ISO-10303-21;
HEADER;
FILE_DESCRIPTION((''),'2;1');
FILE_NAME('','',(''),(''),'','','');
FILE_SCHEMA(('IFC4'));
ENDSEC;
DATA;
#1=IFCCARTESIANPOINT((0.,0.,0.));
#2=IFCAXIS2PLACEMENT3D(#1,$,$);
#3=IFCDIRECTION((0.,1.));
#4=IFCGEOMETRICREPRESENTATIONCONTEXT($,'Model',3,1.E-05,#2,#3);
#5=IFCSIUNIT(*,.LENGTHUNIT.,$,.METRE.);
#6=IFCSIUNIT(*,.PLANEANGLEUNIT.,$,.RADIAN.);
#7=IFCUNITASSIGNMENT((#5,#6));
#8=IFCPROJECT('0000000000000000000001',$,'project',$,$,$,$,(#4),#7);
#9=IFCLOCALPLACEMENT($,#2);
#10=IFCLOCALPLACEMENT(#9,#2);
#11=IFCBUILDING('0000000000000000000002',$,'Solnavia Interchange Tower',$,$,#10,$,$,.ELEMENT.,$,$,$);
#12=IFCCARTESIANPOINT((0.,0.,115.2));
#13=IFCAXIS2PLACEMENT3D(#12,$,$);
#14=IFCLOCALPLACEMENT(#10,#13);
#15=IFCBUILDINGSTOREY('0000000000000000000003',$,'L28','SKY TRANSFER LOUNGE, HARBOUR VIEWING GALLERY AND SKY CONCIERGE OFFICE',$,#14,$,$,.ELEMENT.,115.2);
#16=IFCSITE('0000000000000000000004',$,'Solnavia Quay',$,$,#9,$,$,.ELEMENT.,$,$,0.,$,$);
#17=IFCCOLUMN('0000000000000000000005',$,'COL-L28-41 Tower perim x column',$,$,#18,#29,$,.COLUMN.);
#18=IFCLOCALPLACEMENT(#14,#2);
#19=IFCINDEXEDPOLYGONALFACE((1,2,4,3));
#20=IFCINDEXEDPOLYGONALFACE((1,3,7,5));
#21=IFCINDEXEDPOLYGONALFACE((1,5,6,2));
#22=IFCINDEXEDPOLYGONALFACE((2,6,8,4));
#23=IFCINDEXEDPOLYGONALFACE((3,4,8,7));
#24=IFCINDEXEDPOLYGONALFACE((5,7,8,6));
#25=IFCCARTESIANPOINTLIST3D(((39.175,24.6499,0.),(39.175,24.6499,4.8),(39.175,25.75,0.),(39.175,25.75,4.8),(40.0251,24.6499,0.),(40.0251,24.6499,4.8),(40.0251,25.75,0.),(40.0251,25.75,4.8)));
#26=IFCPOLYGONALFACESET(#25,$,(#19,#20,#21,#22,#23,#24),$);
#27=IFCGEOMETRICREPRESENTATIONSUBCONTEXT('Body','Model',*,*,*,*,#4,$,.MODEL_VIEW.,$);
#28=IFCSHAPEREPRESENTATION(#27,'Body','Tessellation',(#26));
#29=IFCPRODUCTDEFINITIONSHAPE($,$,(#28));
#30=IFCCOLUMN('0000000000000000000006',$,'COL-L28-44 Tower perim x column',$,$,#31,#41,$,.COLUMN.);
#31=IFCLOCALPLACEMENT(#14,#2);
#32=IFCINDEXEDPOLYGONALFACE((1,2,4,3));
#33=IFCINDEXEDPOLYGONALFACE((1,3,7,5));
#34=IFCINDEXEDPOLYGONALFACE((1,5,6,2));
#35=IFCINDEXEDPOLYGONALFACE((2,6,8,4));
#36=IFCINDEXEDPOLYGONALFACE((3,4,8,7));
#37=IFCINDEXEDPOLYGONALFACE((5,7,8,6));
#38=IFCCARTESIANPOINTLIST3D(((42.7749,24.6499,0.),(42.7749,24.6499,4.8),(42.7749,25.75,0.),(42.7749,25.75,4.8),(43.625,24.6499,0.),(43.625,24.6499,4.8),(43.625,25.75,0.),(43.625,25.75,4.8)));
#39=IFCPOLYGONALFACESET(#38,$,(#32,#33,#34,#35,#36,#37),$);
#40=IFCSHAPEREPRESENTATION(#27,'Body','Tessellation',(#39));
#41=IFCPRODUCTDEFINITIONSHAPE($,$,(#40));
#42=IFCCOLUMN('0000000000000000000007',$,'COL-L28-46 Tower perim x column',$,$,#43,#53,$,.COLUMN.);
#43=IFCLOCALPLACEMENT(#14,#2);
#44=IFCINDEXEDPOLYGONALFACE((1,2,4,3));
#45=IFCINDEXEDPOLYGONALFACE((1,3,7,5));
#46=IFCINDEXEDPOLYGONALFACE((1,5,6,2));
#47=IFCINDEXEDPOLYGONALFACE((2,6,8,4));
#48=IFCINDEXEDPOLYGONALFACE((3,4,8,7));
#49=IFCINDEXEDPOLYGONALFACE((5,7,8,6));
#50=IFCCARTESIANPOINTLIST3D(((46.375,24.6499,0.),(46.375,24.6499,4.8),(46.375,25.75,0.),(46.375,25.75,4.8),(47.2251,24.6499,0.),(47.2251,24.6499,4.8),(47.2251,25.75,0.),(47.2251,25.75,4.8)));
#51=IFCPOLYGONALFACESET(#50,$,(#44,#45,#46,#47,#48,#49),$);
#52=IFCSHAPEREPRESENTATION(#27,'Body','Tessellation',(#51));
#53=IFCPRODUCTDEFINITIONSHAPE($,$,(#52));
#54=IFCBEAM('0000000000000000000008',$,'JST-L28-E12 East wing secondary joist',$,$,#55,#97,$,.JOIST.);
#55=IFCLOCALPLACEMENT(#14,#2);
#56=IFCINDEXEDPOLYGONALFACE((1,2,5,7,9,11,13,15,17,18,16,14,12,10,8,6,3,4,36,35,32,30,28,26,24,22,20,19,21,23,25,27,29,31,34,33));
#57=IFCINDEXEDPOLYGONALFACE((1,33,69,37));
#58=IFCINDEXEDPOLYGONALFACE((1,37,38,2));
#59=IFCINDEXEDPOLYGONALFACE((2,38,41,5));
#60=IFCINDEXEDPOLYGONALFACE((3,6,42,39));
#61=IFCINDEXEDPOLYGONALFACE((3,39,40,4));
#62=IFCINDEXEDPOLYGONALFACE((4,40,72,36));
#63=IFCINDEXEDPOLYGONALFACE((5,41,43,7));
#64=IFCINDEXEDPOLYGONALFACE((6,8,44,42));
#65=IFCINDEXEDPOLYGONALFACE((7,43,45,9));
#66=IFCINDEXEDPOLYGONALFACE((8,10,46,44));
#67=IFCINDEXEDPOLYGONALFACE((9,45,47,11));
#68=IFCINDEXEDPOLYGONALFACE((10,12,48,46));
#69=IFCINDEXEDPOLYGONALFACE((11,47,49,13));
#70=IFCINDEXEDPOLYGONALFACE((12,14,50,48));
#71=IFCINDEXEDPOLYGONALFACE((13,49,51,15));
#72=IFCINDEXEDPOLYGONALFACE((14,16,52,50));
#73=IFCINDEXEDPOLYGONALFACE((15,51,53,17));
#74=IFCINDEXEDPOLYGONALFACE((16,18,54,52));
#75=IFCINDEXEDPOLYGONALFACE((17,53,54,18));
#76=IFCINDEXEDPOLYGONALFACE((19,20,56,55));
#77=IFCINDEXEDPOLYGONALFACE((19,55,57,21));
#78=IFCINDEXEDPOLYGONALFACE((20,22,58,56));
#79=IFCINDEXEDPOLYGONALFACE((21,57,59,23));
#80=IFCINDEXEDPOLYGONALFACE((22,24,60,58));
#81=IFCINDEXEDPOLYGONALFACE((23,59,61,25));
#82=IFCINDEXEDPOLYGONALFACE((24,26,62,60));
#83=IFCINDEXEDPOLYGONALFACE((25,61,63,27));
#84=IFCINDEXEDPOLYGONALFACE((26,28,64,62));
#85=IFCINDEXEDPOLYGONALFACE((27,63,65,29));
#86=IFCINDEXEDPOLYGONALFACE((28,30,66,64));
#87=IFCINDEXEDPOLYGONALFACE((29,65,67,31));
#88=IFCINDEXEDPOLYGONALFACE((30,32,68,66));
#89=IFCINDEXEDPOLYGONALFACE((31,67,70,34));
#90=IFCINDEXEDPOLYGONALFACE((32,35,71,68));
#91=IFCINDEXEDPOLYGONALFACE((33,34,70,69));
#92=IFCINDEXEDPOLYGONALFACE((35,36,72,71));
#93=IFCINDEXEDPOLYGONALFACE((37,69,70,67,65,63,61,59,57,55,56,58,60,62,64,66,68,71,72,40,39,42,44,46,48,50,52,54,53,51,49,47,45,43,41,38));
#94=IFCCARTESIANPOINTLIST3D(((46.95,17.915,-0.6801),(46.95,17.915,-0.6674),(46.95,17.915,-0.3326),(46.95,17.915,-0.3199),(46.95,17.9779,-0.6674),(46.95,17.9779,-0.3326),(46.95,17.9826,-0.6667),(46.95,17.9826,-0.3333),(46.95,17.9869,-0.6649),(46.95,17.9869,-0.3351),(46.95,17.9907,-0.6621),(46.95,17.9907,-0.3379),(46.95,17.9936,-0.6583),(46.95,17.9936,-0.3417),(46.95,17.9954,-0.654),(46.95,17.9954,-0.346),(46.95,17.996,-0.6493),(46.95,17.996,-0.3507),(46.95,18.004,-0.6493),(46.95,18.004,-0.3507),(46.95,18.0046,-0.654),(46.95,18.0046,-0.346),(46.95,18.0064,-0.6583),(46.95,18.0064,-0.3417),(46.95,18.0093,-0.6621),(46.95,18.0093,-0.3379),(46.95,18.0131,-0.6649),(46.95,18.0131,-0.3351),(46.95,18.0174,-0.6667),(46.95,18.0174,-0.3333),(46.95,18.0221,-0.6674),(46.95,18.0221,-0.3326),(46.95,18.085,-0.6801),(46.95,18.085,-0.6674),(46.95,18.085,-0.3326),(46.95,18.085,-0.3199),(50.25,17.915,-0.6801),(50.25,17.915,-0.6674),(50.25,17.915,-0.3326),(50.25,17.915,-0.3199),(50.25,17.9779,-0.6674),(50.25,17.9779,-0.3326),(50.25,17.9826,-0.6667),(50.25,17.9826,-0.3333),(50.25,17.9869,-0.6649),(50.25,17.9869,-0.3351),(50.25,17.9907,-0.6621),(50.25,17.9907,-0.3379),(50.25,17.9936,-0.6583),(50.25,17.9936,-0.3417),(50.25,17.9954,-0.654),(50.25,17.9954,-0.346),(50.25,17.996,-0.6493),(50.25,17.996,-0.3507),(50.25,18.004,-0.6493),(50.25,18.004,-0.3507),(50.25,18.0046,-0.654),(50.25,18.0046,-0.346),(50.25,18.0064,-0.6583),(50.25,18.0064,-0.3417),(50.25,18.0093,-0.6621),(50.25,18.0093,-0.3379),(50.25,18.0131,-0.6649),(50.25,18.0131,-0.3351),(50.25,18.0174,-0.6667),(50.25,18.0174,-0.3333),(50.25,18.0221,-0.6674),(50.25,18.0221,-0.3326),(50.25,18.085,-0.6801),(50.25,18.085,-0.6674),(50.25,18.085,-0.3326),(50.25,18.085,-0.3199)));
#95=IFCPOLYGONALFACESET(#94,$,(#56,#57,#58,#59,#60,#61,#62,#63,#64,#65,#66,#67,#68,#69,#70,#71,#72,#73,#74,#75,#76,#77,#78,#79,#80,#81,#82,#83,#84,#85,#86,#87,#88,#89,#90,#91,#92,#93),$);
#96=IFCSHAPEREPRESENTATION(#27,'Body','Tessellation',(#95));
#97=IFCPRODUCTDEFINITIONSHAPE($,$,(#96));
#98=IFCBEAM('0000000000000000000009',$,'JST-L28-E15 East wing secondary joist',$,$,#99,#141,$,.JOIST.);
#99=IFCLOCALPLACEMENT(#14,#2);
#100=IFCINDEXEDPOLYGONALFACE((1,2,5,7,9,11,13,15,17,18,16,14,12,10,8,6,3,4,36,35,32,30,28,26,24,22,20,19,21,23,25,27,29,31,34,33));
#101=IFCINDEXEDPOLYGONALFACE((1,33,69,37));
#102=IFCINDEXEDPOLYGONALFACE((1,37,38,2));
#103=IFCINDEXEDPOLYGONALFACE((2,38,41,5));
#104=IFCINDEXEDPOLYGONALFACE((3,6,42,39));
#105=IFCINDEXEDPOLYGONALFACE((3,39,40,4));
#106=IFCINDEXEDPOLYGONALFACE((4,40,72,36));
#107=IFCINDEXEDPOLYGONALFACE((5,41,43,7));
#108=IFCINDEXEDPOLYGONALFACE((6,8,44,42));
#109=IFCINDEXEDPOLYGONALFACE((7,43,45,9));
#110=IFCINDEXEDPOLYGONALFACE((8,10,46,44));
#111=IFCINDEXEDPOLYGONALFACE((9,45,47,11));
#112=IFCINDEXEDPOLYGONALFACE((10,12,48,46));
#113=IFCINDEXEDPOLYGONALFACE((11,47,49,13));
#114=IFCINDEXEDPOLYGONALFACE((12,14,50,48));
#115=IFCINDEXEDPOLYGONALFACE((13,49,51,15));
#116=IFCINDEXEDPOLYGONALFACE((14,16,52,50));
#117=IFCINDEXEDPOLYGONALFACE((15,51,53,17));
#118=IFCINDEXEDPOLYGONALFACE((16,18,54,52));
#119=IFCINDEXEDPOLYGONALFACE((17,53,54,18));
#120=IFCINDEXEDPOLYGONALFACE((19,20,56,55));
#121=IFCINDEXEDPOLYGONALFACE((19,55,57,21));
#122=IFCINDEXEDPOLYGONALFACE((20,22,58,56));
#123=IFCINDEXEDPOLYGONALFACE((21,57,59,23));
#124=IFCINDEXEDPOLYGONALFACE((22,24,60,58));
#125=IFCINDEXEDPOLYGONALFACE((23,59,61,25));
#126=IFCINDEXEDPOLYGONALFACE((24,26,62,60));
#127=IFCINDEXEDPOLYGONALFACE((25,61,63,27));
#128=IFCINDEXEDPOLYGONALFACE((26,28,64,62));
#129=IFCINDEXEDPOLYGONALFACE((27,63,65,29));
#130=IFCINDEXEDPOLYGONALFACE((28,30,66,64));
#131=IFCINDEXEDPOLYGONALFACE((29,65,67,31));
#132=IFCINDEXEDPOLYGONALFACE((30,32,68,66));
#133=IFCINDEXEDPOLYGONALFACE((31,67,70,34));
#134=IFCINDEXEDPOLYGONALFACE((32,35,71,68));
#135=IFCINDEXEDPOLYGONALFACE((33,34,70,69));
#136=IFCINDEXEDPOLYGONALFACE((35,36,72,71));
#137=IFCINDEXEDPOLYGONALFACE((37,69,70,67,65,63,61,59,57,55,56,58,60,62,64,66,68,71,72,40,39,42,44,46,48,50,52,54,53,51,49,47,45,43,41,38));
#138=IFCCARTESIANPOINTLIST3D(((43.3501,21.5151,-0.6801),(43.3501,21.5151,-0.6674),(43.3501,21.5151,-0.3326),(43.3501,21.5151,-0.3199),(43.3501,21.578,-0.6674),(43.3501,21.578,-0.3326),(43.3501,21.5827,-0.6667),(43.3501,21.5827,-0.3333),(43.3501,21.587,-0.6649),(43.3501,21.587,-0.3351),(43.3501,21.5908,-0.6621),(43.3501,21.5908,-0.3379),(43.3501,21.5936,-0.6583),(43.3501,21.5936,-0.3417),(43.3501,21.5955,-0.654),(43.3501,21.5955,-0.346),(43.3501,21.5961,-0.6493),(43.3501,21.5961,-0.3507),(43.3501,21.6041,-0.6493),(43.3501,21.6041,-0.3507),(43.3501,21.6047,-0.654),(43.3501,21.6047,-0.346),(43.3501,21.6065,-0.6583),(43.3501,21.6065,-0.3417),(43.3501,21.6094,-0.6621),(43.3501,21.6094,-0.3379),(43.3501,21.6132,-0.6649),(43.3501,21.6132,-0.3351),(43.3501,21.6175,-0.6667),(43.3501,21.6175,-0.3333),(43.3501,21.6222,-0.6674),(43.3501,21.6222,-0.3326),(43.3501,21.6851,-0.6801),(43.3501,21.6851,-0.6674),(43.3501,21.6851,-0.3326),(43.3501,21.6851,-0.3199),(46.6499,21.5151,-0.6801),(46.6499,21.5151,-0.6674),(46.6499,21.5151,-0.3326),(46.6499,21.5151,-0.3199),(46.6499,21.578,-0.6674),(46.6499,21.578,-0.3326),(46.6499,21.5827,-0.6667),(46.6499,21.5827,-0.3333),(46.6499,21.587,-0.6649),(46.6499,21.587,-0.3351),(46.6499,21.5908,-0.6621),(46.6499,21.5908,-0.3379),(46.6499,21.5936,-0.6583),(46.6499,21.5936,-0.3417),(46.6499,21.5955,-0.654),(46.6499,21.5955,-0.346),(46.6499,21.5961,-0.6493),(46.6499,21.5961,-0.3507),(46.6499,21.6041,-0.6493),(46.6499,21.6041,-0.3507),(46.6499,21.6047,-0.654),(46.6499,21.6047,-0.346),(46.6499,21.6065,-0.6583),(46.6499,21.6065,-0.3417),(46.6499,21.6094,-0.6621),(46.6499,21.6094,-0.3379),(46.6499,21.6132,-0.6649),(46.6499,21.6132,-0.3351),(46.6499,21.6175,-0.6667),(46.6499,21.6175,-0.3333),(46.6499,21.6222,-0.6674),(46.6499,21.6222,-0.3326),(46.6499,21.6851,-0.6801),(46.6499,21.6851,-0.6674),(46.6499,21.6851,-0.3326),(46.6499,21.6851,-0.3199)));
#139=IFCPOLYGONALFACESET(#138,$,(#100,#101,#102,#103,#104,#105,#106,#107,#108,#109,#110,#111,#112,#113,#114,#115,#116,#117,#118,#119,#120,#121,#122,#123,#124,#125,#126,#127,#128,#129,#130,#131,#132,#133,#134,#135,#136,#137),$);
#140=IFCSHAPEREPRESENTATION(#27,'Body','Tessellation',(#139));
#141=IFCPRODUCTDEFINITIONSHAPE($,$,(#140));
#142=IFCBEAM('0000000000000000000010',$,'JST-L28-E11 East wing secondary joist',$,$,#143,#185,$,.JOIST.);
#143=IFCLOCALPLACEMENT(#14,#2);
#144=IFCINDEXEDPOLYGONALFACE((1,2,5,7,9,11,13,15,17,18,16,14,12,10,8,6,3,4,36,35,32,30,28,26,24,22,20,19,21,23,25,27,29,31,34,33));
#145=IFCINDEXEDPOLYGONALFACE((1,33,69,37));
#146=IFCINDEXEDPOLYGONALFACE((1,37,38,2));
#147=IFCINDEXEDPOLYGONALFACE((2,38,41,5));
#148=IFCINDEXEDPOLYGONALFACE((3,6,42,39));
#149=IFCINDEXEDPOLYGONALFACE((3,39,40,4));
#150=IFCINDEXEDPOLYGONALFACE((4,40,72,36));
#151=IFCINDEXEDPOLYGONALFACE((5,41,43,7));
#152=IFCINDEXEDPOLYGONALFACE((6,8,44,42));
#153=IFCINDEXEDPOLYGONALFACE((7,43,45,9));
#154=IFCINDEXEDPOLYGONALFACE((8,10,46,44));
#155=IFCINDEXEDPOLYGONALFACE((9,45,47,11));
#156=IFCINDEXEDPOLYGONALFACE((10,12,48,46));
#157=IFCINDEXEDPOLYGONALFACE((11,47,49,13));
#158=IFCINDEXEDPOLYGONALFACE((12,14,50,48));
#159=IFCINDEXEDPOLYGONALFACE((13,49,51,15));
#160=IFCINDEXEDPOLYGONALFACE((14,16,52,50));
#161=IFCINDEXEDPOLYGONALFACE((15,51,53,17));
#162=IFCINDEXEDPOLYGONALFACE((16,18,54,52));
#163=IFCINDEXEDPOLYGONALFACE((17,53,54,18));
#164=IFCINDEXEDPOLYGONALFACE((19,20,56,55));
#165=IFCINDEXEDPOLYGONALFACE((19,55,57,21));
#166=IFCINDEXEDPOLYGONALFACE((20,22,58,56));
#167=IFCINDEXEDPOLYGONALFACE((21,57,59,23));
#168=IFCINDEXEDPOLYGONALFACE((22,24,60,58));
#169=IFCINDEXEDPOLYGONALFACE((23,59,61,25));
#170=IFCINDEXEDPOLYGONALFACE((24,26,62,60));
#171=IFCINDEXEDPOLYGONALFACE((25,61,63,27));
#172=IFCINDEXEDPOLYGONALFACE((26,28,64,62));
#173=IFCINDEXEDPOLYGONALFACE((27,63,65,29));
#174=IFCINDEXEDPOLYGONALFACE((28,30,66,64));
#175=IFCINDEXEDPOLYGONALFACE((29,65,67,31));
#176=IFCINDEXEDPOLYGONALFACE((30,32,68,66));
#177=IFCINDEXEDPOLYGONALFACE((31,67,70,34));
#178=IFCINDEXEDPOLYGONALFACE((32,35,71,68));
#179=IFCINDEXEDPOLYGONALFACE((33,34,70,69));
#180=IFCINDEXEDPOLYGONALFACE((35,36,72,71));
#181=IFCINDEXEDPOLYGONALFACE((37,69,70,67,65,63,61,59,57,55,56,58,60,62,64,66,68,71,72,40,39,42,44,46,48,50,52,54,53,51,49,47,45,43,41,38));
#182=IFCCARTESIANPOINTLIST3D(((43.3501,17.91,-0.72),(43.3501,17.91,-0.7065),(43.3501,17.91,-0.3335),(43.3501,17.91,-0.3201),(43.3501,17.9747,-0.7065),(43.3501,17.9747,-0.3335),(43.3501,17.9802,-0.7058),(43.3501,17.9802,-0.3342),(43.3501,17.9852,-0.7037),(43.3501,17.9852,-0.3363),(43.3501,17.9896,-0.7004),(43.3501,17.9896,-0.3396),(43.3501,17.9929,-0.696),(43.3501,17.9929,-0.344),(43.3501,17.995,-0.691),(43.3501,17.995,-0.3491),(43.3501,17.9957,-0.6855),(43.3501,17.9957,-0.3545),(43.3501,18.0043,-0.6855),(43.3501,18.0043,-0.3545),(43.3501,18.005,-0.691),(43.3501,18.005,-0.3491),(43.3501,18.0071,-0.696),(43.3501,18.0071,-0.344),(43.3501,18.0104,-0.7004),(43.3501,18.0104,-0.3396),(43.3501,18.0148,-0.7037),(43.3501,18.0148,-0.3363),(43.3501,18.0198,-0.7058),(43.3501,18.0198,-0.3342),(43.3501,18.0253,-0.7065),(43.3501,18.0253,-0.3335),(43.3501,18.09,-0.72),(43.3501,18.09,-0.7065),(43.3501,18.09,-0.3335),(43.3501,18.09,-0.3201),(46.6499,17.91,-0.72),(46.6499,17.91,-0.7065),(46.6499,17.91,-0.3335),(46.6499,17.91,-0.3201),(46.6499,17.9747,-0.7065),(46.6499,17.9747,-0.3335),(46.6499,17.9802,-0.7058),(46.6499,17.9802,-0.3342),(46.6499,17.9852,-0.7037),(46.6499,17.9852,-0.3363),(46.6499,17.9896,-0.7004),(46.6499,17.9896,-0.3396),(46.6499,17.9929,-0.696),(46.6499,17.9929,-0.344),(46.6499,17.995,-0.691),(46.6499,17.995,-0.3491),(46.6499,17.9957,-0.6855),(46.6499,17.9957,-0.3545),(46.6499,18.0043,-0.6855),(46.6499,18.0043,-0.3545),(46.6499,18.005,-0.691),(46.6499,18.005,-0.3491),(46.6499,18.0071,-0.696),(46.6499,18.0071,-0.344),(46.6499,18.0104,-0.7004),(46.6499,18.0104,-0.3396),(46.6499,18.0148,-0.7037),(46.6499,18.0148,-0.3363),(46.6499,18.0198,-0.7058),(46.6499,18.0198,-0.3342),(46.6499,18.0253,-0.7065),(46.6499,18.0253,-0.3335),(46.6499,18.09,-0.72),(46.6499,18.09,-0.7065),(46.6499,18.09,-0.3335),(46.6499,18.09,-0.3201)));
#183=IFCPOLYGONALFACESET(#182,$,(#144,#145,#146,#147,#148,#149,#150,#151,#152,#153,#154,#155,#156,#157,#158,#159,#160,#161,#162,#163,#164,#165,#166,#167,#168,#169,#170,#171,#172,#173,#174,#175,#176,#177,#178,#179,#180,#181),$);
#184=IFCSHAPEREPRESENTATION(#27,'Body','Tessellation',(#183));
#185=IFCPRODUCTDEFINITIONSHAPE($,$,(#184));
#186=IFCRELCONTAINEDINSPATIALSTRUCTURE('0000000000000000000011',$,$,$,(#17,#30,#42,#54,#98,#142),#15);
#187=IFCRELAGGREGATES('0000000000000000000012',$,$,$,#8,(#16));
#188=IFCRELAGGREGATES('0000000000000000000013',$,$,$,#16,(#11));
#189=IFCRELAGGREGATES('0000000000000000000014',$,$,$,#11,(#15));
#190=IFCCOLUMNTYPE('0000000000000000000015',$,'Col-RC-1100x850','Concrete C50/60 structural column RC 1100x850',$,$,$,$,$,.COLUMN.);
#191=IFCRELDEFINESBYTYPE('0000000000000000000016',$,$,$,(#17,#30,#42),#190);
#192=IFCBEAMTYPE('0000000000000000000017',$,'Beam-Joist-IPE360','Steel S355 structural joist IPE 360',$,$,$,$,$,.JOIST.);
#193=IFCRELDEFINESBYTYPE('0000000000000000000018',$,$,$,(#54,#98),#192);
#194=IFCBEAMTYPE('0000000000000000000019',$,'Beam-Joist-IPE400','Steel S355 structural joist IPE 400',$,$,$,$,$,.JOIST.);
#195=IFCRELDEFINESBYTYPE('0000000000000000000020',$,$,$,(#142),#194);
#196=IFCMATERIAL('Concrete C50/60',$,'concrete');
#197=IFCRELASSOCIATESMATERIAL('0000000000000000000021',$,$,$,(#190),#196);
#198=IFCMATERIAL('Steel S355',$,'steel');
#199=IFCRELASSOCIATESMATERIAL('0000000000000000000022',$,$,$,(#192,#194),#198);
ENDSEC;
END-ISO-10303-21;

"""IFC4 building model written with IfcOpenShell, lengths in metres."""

from ifc_helpers import new_model, si_unit, direction, frame, origin, origin_2d, place, context, subcontext, project, spatial, rectangle, i_section, extrude, material, material_profile, profile_set, type_object, element, save


model = new_model("IFC4")

# Units and contexts
model_context = context("Model", 3, precision=1e-05, world=origin(), true_north=direction((0.0, 1.0)))
body_context = subcontext(model_context, "Body", "Model", "MODEL_VIEW")
ifc_project = project(units=[si_unit("LENGTHUNIT", "METRE"), si_unit("PLANEANGLEUNIT", "RADIAN")], contexts=[model_context])

# Site, building, storey
site_placement = place(None, origin())
site = spatial("IfcSite", under=ifc_project, at=site_placement, Name="Solnavia Quay", CompositionType="ELEMENT", RefElevation=0.0)
building_placement = place(site_placement, origin())
building = spatial("IfcBuilding", under=site, at=building_placement, Name="Solnavia Interchange Tower", CompositionType="ELEMENT")
storey_placement = place(building_placement, frame((0.0, 0.0, 115.2)))
storey = spatial("IfcBuildingStorey", under=building, at=storey_placement, Name="L28", Description="SKY TRANSFER LOUNGE, HARBOUR VIEWING GALLERY AND SKY CONCIERGE OFFICE", CompositionType="ELEMENT", Elevation=115.2)

# Columns
ifc_material_1 = material(Name="Concrete C50/60", Category="concrete")
ifc_material_profile_1 = material_profile(ifc_material_1, rectangle(XDim=0.8501, YDim=1.1001, at=origin_2d()), Name="RC 1100x850")
ifc_profile_set_1 = profile_set([ifc_material_profile_1], Name="Concrete C50/60")
column_type = type_object("IfcColumnType", Name="Col-RC-1100x850", Description="Concrete C50/60 structural column RC 1100x850", PredefinedType="COLUMN", material=ifc_profile_set_1)
for number, where, z_axis, x_axis, name in (
    (1, (39.6001, 25.2, 0.0), (0.0, 0.0, 1.0), (1.0, 0.0, 0.0), "COL-L28-41 Tower perim x column"),
    (2, (43.2, 25.2, 0.0), (0.0, 0.0, 1.0), (1.0, 0.0, 0.0), "COL-L28-44 Tower perim x column"),
    (3, (46.8, 25.2, 0.0), (0.0, 0.0, 1.0), (1.0, 0.0, 0.0), "COL-L28-46 Tower perim x column"),
):
    element("IfcColumn", number, at=place(storey_placement, frame(where, z_axis=z_axis, x_axis=x_axis)), inside=storey, type_object=column_type, Name=name, PredefinedType="COLUMN", context=body_context, shape_type="SweptSolid", body=[
        extrude(rectangle(XDim=0.8501, YDim=1.1001, at=origin_2d()), origin(), (0.0, 0.0, 1.0), 4.8),
    ])

# Beams
ifc_material_2 = material(Name="Steel S355", Category="steel")
ifc_material_profile_2 = material_profile(ifc_material_2, i_section(OverallWidth=0.1699, OverallDepth=0.3601, WebThickness=0.0081, FlangeThickness=0.0127, FilletRadius=0.0181, at=origin_2d()), Name="IPE 360")
ifc_profile_set_2 = profile_set([ifc_material_profile_2], Name="Steel S355")
beam_type_1 = type_object("IfcBeamType", Name="Beam-Joist-IPE360", Description="Steel S355 structural joist IPE 360", PredefinedType="JOIST", material=ifc_profile_set_2)
beam_1_placement = place(storey_placement, frame((46.95, 18.0, -0.5), z_axis=(1.0, 0.0, 0.0), x_axis=(0.0, 1.0, 0.0)))
element("IfcBeam", 4, at=beam_1_placement, inside=storey, type_object=beam_type_1, Name="JST-L28-E12 East wing secondary joist", PredefinedType="JOIST", context=body_context, shape_type="SweptSolid", body=[
    extrude(i_section(OverallWidth=0.1699, OverallDepth=0.3601, WebThickness=0.0081, FlangeThickness=0.0127, FilletRadius=0.0181, at=origin_2d()), origin(), (0.0, 0.0, 1.0), 3.3),
])
beam_2_placement = place(storey_placement, frame((43.3501, 21.6001, -0.5), z_axis=(1.0, 0.0, 0.0), x_axis=(0.0, 1.0, 0.0)))
element("IfcBeam", 5, at=beam_2_placement, inside=storey, type_object=beam_type_1, Name="JST-L28-E15 East wing secondary joist", PredefinedType="JOIST", context=body_context, shape_type="SweptSolid", body=[
    extrude(i_section(OverallWidth=0.1699, OverallDepth=0.3601, WebThickness=0.0081, FlangeThickness=0.0127, FilletRadius=0.0181, at=origin_2d()), origin(), (0.0, 0.0, 1.0), 3.2998),
])
ifc_material_profile_3 = material_profile(ifc_material_2, i_section(OverallWidth=0.1799, OverallDepth=0.3999, WebThickness=0.0085, FlangeThickness=0.0134, FilletRadius=0.021, at=origin_2d()), Name="IPE 400")
ifc_profile_set_3 = profile_set([ifc_material_profile_3], Name="Steel S355")
beam_type_2 = type_object("IfcBeamType", Name="Beam-Joist-IPE400", Description="Steel S355 structural joist IPE 400", PredefinedType="JOIST", material=ifc_profile_set_3)
beam_3_placement = place(storey_placement, frame((43.3501, 18.0, -0.52), z_axis=(1.0, 0.0, 0.0), x_axis=(0.0, 1.0, 0.0)))
element("IfcBeam", 6, at=beam_3_placement, inside=storey, type_object=beam_type_2, Name="JST-L28-E11 East wing secondary joist", PredefinedType="JOIST", context=body_context, shape_type="SweptSolid", body=[
    extrude(i_section(OverallWidth=0.1799, OverallDepth=0.3999, WebThickness=0.0085, FlangeThickness=0.0134, FilletRadius=0.021, at=origin_2d()), origin(), (0.0, 0.0, 1.0), 3.2998),
])

save(model, "model.ifc")
